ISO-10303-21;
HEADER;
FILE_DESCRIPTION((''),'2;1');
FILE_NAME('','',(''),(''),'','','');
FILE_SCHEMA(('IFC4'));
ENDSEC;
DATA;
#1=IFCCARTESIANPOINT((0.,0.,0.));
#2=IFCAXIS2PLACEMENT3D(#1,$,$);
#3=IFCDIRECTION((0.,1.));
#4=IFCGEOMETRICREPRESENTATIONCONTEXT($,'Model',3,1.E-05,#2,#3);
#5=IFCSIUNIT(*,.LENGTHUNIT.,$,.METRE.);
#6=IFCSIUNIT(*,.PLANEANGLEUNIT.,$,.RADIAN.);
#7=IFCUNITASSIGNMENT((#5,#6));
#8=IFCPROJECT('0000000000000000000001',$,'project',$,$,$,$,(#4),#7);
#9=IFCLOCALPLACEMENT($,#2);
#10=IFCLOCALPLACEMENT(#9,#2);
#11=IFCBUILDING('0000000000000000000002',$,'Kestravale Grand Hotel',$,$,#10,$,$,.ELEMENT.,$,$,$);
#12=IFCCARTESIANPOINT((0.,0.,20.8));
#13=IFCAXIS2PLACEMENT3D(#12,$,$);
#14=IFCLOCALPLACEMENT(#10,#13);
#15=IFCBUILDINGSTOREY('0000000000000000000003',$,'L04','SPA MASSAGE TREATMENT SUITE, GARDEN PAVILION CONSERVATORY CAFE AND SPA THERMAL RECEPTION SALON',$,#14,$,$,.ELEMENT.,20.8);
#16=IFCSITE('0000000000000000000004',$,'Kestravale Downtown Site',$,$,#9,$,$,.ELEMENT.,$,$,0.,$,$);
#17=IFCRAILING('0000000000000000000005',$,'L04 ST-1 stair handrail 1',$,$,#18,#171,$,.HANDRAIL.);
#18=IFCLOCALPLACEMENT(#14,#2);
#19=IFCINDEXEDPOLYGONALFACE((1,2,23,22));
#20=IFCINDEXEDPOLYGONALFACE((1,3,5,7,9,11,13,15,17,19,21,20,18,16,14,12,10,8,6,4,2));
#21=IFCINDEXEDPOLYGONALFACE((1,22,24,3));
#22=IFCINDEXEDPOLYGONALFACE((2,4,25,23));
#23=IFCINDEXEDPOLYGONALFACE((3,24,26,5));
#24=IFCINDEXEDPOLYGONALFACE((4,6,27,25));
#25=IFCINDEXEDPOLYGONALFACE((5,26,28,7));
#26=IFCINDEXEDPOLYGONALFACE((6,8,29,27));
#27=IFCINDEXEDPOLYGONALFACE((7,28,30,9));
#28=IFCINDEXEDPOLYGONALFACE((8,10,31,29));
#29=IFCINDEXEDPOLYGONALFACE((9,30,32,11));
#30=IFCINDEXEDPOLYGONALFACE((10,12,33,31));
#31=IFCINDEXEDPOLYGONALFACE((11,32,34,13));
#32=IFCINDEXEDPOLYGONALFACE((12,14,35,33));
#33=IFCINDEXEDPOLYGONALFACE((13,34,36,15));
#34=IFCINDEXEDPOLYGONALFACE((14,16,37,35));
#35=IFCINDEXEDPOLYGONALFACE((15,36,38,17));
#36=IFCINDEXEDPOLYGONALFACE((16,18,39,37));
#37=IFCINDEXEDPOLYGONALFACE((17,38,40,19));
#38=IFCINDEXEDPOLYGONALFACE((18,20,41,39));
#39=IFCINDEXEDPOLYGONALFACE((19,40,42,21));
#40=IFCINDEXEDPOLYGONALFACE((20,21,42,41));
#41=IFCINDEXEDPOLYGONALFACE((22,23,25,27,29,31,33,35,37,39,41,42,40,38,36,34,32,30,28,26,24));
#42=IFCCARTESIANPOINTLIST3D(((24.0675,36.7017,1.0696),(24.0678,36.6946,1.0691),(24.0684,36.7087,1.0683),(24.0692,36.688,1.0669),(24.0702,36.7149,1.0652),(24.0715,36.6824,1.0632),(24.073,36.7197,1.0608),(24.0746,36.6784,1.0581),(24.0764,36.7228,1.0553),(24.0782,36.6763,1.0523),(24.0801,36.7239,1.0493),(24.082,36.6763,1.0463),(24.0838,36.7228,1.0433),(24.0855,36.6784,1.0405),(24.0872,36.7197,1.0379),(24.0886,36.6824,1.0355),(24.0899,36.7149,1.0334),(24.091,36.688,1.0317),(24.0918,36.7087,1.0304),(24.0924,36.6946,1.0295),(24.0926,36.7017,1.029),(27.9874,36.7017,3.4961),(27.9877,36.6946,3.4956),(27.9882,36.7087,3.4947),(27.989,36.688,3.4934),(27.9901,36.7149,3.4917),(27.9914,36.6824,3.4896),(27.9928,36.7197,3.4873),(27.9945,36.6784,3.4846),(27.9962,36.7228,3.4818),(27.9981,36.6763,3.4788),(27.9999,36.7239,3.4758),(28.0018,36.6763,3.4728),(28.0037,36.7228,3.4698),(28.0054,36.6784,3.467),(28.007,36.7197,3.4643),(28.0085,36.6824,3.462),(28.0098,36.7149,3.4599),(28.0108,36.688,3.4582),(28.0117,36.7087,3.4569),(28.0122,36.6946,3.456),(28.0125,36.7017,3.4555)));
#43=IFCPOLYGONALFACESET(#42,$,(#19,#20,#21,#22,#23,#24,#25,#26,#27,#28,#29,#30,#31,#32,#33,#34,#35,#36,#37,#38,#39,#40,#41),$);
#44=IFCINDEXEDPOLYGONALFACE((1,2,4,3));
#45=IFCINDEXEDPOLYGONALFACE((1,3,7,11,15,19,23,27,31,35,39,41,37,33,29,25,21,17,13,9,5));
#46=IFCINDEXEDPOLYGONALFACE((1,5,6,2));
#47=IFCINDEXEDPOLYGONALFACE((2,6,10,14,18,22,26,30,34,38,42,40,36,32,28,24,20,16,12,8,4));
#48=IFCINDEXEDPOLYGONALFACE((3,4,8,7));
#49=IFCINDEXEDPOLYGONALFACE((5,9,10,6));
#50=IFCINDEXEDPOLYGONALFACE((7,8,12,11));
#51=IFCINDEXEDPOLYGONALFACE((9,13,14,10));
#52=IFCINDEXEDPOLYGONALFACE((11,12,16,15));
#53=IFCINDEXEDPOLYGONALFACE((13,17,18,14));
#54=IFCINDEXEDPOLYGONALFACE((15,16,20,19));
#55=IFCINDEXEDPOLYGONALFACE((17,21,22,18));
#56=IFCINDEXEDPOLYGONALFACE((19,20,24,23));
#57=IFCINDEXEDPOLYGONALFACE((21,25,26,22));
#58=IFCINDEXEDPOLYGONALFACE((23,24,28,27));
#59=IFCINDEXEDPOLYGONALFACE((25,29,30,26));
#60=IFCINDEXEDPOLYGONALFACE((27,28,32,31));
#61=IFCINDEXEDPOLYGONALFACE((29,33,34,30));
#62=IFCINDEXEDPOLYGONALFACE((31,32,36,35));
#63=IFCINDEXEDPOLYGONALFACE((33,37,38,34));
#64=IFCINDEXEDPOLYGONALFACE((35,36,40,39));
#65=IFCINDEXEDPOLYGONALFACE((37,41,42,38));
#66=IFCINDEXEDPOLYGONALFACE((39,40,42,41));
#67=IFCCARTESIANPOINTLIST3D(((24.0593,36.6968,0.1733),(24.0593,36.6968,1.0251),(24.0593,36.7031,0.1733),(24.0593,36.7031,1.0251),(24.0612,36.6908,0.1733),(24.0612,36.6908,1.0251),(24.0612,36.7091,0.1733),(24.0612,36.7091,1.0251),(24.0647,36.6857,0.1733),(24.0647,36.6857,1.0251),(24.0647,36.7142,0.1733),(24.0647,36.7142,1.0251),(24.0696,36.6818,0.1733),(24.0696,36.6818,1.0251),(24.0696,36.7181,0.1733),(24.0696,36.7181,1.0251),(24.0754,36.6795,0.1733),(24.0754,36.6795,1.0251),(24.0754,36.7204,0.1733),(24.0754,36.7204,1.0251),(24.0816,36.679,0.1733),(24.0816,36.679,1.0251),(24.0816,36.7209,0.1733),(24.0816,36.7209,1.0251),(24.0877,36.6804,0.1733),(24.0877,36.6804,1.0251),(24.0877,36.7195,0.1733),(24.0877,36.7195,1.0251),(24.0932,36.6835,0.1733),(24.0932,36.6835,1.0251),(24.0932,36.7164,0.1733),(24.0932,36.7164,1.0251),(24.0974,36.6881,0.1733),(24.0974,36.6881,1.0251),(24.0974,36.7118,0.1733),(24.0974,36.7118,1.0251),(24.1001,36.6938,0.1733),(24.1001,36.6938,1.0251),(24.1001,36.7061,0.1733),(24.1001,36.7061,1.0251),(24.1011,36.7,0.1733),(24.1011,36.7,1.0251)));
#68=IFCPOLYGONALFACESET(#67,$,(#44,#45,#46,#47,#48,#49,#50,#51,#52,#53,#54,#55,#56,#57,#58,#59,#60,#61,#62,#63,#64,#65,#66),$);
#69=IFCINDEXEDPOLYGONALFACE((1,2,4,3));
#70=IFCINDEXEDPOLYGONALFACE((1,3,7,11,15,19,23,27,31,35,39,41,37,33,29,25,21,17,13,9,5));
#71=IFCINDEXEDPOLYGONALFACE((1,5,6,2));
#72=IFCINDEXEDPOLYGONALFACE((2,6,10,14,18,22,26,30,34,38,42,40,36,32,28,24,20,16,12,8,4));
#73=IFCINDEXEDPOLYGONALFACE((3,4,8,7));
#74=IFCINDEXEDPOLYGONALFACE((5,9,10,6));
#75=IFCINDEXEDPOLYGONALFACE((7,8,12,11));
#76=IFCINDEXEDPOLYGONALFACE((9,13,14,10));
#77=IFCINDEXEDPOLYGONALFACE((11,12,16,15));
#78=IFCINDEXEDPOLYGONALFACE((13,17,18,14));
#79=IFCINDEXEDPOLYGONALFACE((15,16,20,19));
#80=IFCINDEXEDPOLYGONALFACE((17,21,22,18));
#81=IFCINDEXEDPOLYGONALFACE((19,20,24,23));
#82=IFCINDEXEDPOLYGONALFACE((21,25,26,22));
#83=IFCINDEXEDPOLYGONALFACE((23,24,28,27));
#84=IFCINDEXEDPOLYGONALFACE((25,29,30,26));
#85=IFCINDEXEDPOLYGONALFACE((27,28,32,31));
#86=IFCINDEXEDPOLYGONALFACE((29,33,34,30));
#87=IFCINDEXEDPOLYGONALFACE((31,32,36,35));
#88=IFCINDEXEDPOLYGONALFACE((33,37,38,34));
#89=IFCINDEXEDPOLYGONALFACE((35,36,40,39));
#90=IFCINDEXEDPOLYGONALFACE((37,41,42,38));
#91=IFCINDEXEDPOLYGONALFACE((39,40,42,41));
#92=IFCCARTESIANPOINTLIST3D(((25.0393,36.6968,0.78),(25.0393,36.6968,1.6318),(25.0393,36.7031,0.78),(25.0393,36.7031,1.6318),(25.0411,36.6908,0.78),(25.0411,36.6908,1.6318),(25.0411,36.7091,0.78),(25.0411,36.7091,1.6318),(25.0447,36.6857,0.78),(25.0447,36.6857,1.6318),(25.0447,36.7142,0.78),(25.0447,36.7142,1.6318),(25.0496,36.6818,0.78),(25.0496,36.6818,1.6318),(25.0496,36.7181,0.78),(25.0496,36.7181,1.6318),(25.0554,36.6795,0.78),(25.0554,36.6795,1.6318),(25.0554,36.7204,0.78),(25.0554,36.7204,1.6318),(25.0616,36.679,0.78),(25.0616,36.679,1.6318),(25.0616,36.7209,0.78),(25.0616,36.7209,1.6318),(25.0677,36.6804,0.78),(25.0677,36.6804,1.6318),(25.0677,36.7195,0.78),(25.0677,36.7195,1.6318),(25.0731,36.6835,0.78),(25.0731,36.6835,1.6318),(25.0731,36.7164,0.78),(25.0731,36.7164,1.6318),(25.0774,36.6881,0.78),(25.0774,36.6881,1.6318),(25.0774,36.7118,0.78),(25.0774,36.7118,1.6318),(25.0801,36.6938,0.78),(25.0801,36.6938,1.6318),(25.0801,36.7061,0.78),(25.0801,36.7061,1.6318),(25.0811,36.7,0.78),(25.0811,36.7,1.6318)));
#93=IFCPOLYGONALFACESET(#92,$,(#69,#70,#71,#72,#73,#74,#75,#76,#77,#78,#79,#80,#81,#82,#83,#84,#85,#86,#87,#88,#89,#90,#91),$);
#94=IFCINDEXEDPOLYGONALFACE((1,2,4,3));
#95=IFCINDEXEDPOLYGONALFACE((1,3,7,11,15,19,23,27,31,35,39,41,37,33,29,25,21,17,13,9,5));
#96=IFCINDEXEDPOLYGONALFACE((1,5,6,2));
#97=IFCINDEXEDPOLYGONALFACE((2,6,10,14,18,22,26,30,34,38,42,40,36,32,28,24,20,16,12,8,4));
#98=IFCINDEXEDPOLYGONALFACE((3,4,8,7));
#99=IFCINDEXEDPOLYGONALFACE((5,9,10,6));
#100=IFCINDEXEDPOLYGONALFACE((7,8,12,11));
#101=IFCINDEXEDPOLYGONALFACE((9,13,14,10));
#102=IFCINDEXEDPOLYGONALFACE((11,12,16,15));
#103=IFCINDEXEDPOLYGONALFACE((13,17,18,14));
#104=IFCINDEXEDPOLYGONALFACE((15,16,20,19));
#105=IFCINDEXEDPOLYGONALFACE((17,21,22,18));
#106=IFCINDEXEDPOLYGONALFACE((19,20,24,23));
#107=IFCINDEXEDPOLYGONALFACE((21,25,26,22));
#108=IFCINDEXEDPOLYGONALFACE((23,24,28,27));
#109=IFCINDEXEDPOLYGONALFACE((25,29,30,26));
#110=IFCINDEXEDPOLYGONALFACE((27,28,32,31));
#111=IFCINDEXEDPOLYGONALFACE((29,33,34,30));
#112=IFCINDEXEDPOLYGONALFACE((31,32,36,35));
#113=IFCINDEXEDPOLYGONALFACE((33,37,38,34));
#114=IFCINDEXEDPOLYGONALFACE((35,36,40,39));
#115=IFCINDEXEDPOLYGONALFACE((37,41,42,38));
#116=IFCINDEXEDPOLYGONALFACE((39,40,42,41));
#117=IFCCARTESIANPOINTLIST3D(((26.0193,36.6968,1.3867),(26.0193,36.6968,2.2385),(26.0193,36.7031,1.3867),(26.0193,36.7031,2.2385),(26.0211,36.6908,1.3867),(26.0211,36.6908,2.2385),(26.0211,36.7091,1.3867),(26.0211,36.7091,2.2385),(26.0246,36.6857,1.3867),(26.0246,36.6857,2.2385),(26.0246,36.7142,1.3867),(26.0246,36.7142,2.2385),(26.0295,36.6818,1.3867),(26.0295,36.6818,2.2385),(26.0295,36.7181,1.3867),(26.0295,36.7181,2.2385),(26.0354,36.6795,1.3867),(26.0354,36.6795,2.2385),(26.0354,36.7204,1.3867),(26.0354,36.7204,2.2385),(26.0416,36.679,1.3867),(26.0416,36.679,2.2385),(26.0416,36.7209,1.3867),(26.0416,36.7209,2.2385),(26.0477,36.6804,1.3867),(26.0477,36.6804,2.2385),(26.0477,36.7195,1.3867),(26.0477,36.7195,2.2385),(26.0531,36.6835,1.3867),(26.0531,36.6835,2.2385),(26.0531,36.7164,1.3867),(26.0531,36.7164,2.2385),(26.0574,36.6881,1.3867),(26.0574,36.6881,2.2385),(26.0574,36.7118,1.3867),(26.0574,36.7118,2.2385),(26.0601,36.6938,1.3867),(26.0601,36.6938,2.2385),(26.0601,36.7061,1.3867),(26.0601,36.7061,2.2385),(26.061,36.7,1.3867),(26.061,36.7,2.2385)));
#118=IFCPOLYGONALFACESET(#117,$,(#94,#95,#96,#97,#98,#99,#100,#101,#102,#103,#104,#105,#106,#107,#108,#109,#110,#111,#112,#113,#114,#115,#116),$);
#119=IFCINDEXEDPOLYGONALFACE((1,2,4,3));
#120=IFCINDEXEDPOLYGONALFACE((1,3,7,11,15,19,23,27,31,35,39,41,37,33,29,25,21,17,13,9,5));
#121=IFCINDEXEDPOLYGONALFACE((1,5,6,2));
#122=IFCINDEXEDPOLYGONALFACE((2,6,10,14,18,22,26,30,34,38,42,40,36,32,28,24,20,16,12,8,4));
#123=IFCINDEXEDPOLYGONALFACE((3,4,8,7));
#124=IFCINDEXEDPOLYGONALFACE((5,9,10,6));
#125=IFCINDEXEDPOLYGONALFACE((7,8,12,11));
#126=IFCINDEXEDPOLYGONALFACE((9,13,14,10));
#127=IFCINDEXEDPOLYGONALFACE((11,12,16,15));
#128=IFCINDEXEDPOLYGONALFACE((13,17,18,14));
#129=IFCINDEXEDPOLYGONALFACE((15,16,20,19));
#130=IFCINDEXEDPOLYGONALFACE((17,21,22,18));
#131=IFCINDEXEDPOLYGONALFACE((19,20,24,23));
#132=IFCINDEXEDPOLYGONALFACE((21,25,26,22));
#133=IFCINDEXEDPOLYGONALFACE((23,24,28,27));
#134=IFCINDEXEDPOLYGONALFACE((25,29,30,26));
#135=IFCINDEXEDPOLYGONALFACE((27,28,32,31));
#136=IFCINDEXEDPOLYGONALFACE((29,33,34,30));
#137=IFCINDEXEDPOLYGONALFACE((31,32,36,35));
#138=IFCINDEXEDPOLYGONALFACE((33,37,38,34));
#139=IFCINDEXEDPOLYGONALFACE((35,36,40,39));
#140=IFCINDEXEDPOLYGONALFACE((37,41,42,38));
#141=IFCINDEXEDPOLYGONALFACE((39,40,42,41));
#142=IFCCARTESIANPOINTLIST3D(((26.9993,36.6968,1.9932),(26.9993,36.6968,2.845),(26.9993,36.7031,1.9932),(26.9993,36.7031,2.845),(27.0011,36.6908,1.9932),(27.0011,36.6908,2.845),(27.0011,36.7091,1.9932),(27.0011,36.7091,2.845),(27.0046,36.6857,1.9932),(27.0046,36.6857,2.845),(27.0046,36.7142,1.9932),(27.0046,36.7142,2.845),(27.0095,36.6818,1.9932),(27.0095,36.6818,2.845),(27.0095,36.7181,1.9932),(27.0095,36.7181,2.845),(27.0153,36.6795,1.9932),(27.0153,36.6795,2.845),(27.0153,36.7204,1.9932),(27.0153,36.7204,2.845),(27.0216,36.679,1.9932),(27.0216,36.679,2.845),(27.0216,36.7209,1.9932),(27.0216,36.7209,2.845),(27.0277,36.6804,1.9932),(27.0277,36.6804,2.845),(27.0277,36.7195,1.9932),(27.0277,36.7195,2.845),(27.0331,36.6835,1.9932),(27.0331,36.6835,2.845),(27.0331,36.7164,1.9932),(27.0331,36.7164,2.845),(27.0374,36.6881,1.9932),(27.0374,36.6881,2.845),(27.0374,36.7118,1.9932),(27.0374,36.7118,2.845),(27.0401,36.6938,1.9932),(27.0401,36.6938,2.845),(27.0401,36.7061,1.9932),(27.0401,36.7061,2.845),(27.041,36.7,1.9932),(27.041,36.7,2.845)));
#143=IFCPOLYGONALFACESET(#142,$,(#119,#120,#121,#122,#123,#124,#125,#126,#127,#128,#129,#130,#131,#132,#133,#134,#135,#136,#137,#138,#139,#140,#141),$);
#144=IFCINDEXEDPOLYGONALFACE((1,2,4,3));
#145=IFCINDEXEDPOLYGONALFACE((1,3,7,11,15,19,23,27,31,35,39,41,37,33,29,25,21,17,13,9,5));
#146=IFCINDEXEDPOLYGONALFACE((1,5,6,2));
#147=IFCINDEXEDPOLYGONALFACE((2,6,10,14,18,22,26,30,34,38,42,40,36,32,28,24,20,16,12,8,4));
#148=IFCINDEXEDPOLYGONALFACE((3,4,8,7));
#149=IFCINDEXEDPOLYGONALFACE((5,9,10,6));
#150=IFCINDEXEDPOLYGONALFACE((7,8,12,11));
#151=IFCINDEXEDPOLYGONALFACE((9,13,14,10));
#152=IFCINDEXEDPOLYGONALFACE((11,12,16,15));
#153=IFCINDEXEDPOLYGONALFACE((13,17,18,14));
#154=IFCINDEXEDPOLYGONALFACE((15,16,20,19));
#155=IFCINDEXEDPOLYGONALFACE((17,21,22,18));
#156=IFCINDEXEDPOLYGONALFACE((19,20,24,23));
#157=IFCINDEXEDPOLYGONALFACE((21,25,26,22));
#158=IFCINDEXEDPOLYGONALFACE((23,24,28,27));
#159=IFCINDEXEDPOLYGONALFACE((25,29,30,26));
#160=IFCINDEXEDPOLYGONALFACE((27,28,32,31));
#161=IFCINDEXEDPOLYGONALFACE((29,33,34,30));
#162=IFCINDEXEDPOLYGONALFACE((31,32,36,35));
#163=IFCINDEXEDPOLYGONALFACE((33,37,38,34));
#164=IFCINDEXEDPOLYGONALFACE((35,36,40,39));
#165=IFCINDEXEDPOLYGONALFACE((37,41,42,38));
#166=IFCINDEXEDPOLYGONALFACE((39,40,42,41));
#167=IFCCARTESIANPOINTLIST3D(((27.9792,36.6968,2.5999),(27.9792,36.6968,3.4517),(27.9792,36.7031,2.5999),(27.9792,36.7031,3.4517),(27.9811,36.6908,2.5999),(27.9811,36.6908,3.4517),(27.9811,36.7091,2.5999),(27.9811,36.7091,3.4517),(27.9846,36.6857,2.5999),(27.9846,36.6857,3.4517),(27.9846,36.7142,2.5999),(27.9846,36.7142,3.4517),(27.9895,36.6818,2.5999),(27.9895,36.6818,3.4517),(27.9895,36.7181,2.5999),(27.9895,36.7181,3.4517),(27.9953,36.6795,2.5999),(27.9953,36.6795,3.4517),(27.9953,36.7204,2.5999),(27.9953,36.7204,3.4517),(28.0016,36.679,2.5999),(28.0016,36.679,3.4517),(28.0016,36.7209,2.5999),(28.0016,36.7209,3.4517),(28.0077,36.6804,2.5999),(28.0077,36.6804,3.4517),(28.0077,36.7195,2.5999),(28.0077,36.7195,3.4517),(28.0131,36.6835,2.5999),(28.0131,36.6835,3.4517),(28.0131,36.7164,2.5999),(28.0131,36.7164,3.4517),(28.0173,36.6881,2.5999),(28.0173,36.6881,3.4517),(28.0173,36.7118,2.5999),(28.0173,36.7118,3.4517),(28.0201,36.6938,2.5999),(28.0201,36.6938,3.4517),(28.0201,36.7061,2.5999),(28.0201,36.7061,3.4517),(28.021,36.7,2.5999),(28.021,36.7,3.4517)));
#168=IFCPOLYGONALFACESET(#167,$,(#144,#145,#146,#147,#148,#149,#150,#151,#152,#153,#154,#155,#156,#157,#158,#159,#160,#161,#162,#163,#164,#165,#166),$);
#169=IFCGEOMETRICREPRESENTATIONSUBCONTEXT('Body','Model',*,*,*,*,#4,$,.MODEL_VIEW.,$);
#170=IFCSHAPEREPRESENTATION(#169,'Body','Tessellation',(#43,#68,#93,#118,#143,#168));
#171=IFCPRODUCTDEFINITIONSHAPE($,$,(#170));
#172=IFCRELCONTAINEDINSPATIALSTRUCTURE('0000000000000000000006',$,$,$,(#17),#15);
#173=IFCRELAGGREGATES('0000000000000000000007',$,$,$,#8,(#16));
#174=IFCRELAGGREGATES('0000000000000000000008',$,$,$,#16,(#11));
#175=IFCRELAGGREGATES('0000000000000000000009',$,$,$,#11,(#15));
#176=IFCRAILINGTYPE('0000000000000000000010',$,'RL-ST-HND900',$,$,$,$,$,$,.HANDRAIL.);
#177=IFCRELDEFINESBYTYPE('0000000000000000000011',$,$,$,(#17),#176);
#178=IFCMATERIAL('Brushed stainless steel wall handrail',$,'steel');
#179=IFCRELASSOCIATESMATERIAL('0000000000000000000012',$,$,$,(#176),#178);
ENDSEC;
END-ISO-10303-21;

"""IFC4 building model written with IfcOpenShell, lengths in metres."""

from ifc_helpers import new_model, si_unit, direction, frame, origin, origin_2d, place, context, subcontext, project, spatial, circle, extrude, material, type_object, element, save


model = new_model("IFC4")

# Units and contexts
model_context = context("Model", 3, precision=1e-05, world=origin(), true_north=direction((0.0, 1.0)))
body_context = subcontext(model_context, "Body", "Model", "MODEL_VIEW")
ifc_project = project(units=[si_unit("LENGTHUNIT", "METRE"), si_unit("PLANEANGLEUNIT", "RADIAN")], contexts=[model_context])

# Site, building, storey
site_placement = place(None, origin())
site = spatial("IfcSite", under=ifc_project, at=site_placement, Name="Kestravale Downtown Site", CompositionType="ELEMENT", RefElevation=0.0)
building_placement = place(site_placement, origin())
building = spatial("IfcBuilding", under=site, at=building_placement, Name="Kestravale Grand Hotel", CompositionType="ELEMENT")
storey_placement = place(building_placement, frame((0.0, 0.0, 20.8)))
storey = spatial("IfcBuildingStorey", under=building, at=storey_placement, Name="L04", Description="SPA MASSAGE TREATMENT SUITE, GARDEN PAVILION CONSERVATORY CAFE AND SPA THERMAL RECEPTION SALON", CompositionType="ELEMENT", Elevation=20.8)

# Railing
ifc_material_1 = material(Name="Brushed stainless steel wall handrail", Category="steel")
railing_type_1 = type_object("IfcRailingType", Name="RL-ST-HND900", PredefinedType="HANDRAIL", material=ifc_material_1)
railing_1_placement = place(storey_placement, frame((24.0801, 36.7, 0.1733)))
element("IfcRailing", 1, at=railing_1_placement, inside=storey, type_object=railing_type_1, Name="L04 ST-1 stair handrail 1", PredefinedType="HANDRAIL", context=body_context, shape_type="SweptSolid", body=[
    extrude(circle(Radius=0.0239, at=origin_2d()), frame((0.0, 0.0, 0.876), z_axis=(0.850275, 0.0, 0.526338), x_axis=(0.0, 1.0, 0.0)), (0.0, 0.0, 1.0), 4.6101),
    extrude(circle(Radius=0.021, at=origin_2d()), origin(), (0.0, 0.0, 1.0), 0.8518),
    extrude(circle(Radius=0.021, at=origin_2d()), frame((0.98, 0.0, 0.6067)), (0.0, 0.0, 1.0), 0.8518),
    extrude(circle(Radius=0.021, at=origin_2d()), frame((1.96, 0.0, 1.2134)), (0.0, 0.0, 1.0), 0.8518),
    extrude(circle(Radius=0.021, at=origin_2d()), frame((2.9399, 0.0, 1.8198)), (0.0, 0.0, 1.0), 0.8518),
    extrude(circle(Radius=0.021, at=origin_2d()), frame((3.9199, 0.0, 2.4265)), (0.0, 0.0, 1.0), 0.8518),
])

save(model, "model.ifc")
